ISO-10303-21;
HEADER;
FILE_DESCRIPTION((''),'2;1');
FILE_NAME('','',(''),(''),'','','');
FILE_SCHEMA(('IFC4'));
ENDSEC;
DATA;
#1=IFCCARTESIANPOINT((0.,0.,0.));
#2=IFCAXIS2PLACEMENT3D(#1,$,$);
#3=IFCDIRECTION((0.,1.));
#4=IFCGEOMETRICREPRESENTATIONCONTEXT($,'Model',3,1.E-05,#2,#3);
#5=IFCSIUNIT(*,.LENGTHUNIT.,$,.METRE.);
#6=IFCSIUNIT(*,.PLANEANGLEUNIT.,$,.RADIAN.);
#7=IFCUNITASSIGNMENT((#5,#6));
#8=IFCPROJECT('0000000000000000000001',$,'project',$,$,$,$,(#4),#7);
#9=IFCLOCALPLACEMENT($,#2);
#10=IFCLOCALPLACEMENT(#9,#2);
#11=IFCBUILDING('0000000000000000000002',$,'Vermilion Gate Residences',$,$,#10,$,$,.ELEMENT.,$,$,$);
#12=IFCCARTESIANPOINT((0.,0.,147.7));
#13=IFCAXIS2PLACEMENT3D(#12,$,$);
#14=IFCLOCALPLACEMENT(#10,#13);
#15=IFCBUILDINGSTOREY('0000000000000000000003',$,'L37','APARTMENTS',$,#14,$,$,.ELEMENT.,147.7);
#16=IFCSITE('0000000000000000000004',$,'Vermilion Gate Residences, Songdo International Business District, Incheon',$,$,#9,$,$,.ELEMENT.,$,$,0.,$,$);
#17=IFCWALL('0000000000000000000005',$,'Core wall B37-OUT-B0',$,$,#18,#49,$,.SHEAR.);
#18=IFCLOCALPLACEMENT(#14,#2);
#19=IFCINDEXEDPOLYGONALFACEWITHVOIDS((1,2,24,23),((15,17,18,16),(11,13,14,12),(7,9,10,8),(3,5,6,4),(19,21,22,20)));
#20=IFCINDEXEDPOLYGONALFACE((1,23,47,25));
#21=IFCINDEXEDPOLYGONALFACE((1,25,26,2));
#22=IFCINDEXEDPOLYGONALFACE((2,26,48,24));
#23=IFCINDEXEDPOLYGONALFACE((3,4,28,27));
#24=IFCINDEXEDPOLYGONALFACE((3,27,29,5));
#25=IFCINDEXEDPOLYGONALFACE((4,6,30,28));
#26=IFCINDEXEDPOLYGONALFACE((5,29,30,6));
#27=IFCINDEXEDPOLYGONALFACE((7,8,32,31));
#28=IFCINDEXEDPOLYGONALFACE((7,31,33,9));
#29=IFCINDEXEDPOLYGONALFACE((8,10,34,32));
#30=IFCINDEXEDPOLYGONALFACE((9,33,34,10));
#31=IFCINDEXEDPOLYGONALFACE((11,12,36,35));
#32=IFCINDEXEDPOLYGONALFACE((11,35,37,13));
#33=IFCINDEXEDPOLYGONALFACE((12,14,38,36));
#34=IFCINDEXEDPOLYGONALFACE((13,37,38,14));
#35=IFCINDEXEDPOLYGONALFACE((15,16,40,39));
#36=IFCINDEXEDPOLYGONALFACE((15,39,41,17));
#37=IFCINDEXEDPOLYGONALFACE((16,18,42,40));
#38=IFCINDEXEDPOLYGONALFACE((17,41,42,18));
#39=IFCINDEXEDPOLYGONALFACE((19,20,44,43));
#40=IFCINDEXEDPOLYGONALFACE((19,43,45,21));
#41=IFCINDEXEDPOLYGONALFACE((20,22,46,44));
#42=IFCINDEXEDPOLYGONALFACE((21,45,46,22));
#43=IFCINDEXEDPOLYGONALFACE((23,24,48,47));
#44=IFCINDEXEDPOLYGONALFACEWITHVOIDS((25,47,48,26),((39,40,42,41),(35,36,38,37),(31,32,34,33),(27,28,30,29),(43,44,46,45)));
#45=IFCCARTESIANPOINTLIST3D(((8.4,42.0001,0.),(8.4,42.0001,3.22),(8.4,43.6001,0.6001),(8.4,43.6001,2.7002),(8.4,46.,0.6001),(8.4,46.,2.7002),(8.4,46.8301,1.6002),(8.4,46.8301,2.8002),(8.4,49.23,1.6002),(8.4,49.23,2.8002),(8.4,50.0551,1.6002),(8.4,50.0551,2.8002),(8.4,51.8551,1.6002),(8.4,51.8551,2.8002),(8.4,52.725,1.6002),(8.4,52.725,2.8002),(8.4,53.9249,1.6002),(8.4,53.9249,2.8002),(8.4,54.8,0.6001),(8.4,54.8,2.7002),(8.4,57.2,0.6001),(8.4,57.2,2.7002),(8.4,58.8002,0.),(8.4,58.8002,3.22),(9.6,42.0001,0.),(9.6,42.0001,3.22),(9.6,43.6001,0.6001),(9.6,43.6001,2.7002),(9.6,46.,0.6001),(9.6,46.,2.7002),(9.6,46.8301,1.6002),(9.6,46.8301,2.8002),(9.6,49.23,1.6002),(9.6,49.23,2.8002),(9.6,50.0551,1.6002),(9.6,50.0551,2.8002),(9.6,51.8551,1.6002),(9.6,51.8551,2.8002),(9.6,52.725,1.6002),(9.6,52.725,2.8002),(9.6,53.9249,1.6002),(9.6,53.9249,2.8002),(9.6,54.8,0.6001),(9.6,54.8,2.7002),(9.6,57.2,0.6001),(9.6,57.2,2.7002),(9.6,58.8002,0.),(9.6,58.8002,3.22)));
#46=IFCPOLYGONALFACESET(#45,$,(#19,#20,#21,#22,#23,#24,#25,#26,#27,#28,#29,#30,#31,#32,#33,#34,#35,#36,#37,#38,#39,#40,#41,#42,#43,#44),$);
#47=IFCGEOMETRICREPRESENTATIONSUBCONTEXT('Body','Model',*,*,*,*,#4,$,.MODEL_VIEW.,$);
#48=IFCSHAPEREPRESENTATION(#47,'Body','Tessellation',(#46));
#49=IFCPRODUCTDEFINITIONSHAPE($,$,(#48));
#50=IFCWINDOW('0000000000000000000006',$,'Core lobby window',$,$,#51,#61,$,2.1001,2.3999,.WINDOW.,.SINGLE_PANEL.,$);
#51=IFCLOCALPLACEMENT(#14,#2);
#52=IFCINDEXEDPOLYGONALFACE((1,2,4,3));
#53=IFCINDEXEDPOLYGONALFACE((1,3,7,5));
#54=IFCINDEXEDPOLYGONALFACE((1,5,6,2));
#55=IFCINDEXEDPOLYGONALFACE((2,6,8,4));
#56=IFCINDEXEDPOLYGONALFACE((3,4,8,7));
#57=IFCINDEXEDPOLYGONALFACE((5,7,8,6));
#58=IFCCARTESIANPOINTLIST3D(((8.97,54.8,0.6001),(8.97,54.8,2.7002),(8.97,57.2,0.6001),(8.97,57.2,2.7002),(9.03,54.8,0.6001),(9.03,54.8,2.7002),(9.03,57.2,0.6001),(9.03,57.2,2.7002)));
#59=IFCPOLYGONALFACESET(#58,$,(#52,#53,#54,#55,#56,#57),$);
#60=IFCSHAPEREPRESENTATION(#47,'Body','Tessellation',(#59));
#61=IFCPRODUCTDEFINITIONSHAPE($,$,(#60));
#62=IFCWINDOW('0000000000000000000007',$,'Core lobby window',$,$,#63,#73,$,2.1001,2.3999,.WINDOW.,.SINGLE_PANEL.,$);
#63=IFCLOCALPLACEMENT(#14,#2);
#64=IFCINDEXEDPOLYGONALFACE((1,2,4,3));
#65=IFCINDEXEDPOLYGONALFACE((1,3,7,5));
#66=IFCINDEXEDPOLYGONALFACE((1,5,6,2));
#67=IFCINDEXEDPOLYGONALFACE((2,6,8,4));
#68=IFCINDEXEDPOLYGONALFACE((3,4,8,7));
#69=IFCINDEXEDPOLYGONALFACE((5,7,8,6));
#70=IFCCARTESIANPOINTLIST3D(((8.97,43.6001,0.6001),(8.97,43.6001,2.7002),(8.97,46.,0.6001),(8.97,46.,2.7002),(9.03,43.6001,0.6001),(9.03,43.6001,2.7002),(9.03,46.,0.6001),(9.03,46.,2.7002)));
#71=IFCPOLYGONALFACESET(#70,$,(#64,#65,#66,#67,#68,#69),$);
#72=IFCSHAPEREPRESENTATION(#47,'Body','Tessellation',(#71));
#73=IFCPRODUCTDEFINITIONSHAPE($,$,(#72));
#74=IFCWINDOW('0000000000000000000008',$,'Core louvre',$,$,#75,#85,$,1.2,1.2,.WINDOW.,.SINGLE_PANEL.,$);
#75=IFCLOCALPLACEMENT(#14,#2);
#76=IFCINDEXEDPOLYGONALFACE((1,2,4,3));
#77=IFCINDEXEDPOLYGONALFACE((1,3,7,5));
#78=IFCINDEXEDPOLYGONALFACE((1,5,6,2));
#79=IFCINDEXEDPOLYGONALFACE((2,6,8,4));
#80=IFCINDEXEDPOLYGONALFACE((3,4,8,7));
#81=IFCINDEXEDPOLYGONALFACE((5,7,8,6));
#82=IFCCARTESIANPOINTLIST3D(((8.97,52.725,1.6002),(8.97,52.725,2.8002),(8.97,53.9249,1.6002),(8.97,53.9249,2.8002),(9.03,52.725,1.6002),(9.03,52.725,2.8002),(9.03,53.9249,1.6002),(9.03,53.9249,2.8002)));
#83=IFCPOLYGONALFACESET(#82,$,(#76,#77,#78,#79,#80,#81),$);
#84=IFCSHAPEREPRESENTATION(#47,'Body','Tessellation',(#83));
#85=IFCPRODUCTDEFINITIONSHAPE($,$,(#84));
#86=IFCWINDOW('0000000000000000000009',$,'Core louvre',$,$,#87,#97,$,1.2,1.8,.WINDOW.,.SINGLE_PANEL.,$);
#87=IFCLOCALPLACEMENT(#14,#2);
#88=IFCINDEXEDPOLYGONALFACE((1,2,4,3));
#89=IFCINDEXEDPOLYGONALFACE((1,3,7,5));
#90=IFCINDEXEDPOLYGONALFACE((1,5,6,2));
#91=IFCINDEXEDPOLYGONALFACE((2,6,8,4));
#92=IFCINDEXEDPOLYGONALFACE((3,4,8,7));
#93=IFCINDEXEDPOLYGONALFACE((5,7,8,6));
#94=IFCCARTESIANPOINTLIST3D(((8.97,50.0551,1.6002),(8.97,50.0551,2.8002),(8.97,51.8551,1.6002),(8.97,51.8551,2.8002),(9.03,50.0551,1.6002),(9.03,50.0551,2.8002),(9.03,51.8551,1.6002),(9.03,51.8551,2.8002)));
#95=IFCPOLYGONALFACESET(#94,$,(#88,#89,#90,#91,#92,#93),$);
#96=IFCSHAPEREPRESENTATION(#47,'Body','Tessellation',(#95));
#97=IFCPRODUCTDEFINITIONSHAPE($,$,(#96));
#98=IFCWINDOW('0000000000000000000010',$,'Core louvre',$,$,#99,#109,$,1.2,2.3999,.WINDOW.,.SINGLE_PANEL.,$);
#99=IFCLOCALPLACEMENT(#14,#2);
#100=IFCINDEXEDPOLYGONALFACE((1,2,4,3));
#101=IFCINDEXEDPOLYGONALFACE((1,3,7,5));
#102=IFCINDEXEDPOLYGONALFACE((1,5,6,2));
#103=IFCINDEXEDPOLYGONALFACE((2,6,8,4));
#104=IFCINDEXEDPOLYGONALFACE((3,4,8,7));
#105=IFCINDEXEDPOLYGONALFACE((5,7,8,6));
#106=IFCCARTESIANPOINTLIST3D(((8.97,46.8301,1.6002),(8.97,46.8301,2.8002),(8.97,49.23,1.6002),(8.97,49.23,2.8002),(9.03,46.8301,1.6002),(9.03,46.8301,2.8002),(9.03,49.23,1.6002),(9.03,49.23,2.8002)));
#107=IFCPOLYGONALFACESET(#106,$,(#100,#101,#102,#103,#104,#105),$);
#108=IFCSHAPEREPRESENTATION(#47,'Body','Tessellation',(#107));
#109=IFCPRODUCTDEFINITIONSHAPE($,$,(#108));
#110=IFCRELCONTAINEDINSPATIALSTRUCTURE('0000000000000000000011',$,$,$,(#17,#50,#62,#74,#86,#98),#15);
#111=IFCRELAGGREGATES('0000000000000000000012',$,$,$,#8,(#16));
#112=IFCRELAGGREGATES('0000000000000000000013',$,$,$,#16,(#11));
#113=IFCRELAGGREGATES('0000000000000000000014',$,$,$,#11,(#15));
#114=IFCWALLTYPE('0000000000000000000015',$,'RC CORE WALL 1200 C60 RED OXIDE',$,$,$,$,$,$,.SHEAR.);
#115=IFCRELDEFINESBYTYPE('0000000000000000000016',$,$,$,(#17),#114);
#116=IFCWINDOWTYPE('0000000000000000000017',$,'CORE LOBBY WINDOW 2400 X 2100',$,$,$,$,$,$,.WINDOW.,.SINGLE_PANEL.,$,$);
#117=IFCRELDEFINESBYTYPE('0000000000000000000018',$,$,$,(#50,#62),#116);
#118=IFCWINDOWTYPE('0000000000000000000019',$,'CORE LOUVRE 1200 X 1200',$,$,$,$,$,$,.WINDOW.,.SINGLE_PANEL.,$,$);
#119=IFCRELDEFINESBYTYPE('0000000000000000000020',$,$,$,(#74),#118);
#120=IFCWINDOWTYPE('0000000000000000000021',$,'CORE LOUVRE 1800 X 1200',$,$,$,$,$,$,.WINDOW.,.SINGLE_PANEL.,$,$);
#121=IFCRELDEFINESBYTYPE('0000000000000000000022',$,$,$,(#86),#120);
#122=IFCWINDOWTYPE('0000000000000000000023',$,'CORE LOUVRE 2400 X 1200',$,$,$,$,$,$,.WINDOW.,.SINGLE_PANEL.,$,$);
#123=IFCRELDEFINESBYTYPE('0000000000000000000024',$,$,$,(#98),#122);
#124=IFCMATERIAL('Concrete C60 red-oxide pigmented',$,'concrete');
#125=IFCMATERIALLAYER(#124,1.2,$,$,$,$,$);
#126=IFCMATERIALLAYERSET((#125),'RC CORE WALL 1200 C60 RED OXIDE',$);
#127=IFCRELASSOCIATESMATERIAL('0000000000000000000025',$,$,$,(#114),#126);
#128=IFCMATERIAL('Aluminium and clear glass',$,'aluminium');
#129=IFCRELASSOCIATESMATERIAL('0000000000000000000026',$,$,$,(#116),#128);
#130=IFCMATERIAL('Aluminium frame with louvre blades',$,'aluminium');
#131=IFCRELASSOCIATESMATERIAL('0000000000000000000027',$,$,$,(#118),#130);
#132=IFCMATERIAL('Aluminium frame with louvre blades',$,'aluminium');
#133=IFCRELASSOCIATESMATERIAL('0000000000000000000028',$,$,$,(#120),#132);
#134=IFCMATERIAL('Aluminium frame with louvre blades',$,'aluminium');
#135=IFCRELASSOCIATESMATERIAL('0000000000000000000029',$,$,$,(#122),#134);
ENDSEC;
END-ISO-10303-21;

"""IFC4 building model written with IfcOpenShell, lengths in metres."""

from ifc_helpers import new_model, si_unit, direction, frame, frame_2d, origin, place, context, subcontext, project, spatial, rectangle, extrude, material, layer, layer_set, type_object, element, fill, save


model = new_model("IFC4")

# Units and contexts
model_context = context("Model", 3, precision=1e-05, world=origin(), true_north=direction((0.0, 1.0)))
body_context = subcontext(model_context, "Body", "Model", "MODEL_VIEW")
ifc_project = project(units=[si_unit("LENGTHUNIT", "METRE"), si_unit("PLANEANGLEUNIT", "RADIAN")], contexts=[model_context])

# Site, building, storey
site_placement = place(None, origin())
site = spatial("IfcSite", under=ifc_project, at=site_placement, Name="Vermilion Gate Residences, Songdo International Business District, Incheon", CompositionType="ELEMENT", RefElevation=0.0)
building_placement = place(site_placement, origin())
building = spatial("IfcBuilding", under=site, at=building_placement, Name="Vermilion Gate Residences", CompositionType="ELEMENT")
storey_placement = place(building_placement, frame((0.0, 0.0, 147.7)))
storey = spatial("IfcBuildingStorey", under=building, at=storey_placement, Name="L37", Description="APARTMENTS", CompositionType="ELEMENT", Elevation=147.7)

# Wall, openings, windows
ifc_material_1 = material(Name="Concrete C60 red-oxide pigmented", Category="concrete")
ifc_layer_1 = layer(ifc_material_1, 1.2)
ifc_layer_set_1 = layer_set([ifc_layer_1], Name="RC CORE WALL 1200 C60 RED OXIDE")
wall_type_1 = type_object("IfcWallType", Name="RC CORE WALL 1200 C60 RED OXIDE", PredefinedType="SHEAR", material=ifc_layer_set_1)
wall_1_placement = place(storey_placement, frame((9.0, 58.8, 0.0), z_axis=(0.0, 0.0, 1.0), x_axis=(0.0, -1.0, 0.0)))
wall_1 = element("IfcWall", 1, at=wall_1_placement, inside=storey, type_object=wall_type_1, Name="Core wall B37-OUT-B0", PredefinedType="SHEAR", context=body_context, shape_type="SweptSolid", body=[
    extrude(rectangle(XDim=16.8, YDim=1.2, at=frame_2d((8.3999, 0.0))), origin(), (0.0, 0.0, 1.0), 3.22),
])
opening_1_placement = place(wall_1_placement, frame((1.6001, 0.0, 0.6001)))
opening_1 = element("IfcOpeningElement", 2, at=opening_1_placement, cuts=wall_1, PredefinedType="OPENING", context=body_context, shape_type="SweptSolid", body=[
    extrude(rectangle(XDim=2.3999, YDim=2.1001, at=frame_2d((1.2, 1.05))), frame((0.0, 0.6099, 0.0), z_axis=(0.0, -1.0, 0.0), x_axis=(1.0, 0.0, 0.0)), (0.0, 0.0, 1.0), 1.22),
])
opening_2_placement = place(wall_1_placement, frame((4.875, 0.0, 1.6001)))
opening_2 = element("IfcOpeningElement", 3, at=opening_2_placement, cuts=wall_1, PredefinedType="OPENING", context=body_context, shape_type="SweptSolid", body=[
    extrude(rectangle(XDim=1.2, YDim=1.2, at=frame_2d((0.6001, 0.6001))), frame((0.0, 0.6099, 0.0), z_axis=(0.0, -1.0, 0.0), x_axis=(1.0, 0.0, 0.0)), (0.0, 0.0, 1.0), 1.22),
])
opening_3_placement = place(wall_1_placement, frame((6.9451, 0.0, 1.6001)))
opening_3 = element("IfcOpeningElement", 4, at=opening_3_placement, cuts=wall_1, PredefinedType="OPENING", context=body_context, shape_type="SweptSolid", body=[
    extrude(rectangle(XDim=1.8, YDim=1.2, at=frame_2d((0.8999, 0.6001))), frame((0.0, 0.6099, 0.0), z_axis=(0.0, -1.0, 0.0), x_axis=(1.0, 0.0, 0.0)), (0.0, 0.0, 1.0), 1.22),
])
opening_4_placement = place(wall_1_placement, frame((9.5701, 0.0, 1.6001)))
opening_4 = element("IfcOpeningElement", 5, at=opening_4_placement, cuts=wall_1, PredefinedType="OPENING", context=body_context, shape_type="SweptSolid", body=[
    extrude(rectangle(XDim=2.3999, YDim=1.2, at=frame_2d((1.2, 0.6001))), frame((0.0, 0.6099, 0.0), z_axis=(0.0, -1.0, 0.0), x_axis=(1.0, 0.0, 0.0)), (0.0, 0.0, 1.0), 1.22),
])
opening_5_placement = place(wall_1_placement, frame((12.8, 0.0, 0.6001)))
opening_5 = element("IfcOpeningElement", 6, at=opening_5_placement, cuts=wall_1, PredefinedType="OPENING", context=body_context, shape_type="SweptSolid", body=[
    extrude(rectangle(XDim=2.3999, YDim=2.1001, at=frame_2d((1.2, 1.05))), frame((0.0, 0.6099, 0.0), z_axis=(0.0, -1.0, 0.0), x_axis=(1.0, 0.0, 0.0)), (0.0, 0.0, 1.0), 1.22),
])
ifc_material_2 = material(Name="Aluminium and clear glass", Category="aluminium")
window_type_1 = type_object("IfcWindowType", Name="CORE LOBBY WINDOW 2400 X 2100", PartitioningType="SINGLE_PANEL", PredefinedType="WINDOW", material=ifc_material_2)
window_1_placement = place(opening_1_placement, origin())
window_1 = element("IfcWindow", 7, at=window_1_placement, inside=storey, type_object=window_type_1, Name="Core lobby window", OverallHeight=2.1001, OverallWidth=2.3999, PartitioningType="SINGLE_PANEL", PredefinedType="WINDOW", context=body_context, shape_type="SweptSolid", body=[
    extrude(rectangle(XDim=2.3999, YDim=2.1001, at=frame_2d((1.2, 1.05))), frame((0.0, 0.03, 0.0), z_axis=(0.0, -1.0, 0.0), x_axis=(1.0, 0.0, 0.0)), (0.0, 0.0, 1.0), 0.0601),
])
fill(opening_1, window_1)
window_2_placement = place(opening_5_placement, origin())
window_2 = element("IfcWindow", 8, at=window_2_placement, inside=storey, type_object=window_type_1, Name="Core lobby window", OverallHeight=2.1001, OverallWidth=2.3999, PartitioningType="SINGLE_PANEL", PredefinedType="WINDOW", context=body_context, shape_type="SweptSolid", body=[
    extrude(rectangle(XDim=2.3999, YDim=2.1001, at=frame_2d((1.2, 1.05))), frame((0.0, 0.03, 0.0), z_axis=(0.0, -1.0, 0.0), x_axis=(1.0, 0.0, 0.0)), (0.0, 0.0, 1.0), 0.0601),
])
fill(opening_5, window_2)
ifc_material_3 = material(Name="Aluminium frame with louvre blades", Category="aluminium")
window_type_2 = type_object("IfcWindowType", Name="CORE LOUVRE 1200 X 1200", PartitioningType="SINGLE_PANEL", PredefinedType="WINDOW", material=ifc_material_3)
window_3_placement = place(opening_2_placement, origin())
window_3 = element("IfcWindow", 9, at=window_3_placement, inside=storey, type_object=window_type_2, Name="Core louvre", OverallHeight=1.2, OverallWidth=1.2, PartitioningType="SINGLE_PANEL", PredefinedType="WINDOW", context=body_context, shape_type="SweptSolid", body=[
    extrude(rectangle(XDim=1.2, YDim=1.2, at=frame_2d((0.6001, 0.6001))), frame((0.0, 0.03, 0.0), z_axis=(0.0, -1.0, 0.0), x_axis=(1.0, 0.0, 0.0)), (0.0, 0.0, 1.0), 0.0601),
])
fill(opening_2, window_3)
ifc_material_4 = material(Name="Aluminium frame with louvre blades", Category="aluminium")
window_type_3 = type_object("IfcWindowType", Name="CORE LOUVRE 1800 X 1200", PartitioningType="SINGLE_PANEL", PredefinedType="WINDOW", material=ifc_material_4)
window_4_placement = place(opening_3_placement, origin())
window_4 = element("IfcWindow", 10, at=window_4_placement, inside=storey, type_object=window_type_3, Name="Core louvre", OverallHeight=1.2, OverallWidth=1.8, PartitioningType="SINGLE_PANEL", PredefinedType="WINDOW", context=body_context, shape_type="SweptSolid", body=[
    extrude(rectangle(XDim=1.8, YDim=1.2, at=frame_2d((0.8999, 0.6001))), frame((0.0, 0.03, 0.0), z_axis=(0.0, -1.0, 0.0), x_axis=(1.0, 0.0, 0.0)), (0.0, 0.0, 1.0), 0.0601),
])
fill(opening_3, window_4)
ifc_material_5 = material(Name="Aluminium frame with louvre blades", Category="aluminium")
window_type_4 = type_object("IfcWindowType", Name="CORE LOUVRE 2400 X 1200", PartitioningType="SINGLE_PANEL", PredefinedType="WINDOW", material=ifc_material_5)
window_5_placement = place(opening_4_placement, origin())
window_5 = element("IfcWindow", 11, at=window_5_placement, inside=storey, type_object=window_type_4, Name="Core louvre", OverallHeight=1.2, OverallWidth=2.3999, PartitioningType="SINGLE_PANEL", PredefinedType="WINDOW", context=body_context, shape_type="SweptSolid", body=[
    extrude(rectangle(XDim=2.3999, YDim=1.2, at=frame_2d((1.2, 0.6001))), frame((0.0, 0.03, 0.0), z_axis=(0.0, -1.0, 0.0), x_axis=(1.0, 0.0, 0.0)), (0.0, 0.0, 1.0), 0.0601),
])
fill(opening_4, window_5)

save(model, "model.ifc")
